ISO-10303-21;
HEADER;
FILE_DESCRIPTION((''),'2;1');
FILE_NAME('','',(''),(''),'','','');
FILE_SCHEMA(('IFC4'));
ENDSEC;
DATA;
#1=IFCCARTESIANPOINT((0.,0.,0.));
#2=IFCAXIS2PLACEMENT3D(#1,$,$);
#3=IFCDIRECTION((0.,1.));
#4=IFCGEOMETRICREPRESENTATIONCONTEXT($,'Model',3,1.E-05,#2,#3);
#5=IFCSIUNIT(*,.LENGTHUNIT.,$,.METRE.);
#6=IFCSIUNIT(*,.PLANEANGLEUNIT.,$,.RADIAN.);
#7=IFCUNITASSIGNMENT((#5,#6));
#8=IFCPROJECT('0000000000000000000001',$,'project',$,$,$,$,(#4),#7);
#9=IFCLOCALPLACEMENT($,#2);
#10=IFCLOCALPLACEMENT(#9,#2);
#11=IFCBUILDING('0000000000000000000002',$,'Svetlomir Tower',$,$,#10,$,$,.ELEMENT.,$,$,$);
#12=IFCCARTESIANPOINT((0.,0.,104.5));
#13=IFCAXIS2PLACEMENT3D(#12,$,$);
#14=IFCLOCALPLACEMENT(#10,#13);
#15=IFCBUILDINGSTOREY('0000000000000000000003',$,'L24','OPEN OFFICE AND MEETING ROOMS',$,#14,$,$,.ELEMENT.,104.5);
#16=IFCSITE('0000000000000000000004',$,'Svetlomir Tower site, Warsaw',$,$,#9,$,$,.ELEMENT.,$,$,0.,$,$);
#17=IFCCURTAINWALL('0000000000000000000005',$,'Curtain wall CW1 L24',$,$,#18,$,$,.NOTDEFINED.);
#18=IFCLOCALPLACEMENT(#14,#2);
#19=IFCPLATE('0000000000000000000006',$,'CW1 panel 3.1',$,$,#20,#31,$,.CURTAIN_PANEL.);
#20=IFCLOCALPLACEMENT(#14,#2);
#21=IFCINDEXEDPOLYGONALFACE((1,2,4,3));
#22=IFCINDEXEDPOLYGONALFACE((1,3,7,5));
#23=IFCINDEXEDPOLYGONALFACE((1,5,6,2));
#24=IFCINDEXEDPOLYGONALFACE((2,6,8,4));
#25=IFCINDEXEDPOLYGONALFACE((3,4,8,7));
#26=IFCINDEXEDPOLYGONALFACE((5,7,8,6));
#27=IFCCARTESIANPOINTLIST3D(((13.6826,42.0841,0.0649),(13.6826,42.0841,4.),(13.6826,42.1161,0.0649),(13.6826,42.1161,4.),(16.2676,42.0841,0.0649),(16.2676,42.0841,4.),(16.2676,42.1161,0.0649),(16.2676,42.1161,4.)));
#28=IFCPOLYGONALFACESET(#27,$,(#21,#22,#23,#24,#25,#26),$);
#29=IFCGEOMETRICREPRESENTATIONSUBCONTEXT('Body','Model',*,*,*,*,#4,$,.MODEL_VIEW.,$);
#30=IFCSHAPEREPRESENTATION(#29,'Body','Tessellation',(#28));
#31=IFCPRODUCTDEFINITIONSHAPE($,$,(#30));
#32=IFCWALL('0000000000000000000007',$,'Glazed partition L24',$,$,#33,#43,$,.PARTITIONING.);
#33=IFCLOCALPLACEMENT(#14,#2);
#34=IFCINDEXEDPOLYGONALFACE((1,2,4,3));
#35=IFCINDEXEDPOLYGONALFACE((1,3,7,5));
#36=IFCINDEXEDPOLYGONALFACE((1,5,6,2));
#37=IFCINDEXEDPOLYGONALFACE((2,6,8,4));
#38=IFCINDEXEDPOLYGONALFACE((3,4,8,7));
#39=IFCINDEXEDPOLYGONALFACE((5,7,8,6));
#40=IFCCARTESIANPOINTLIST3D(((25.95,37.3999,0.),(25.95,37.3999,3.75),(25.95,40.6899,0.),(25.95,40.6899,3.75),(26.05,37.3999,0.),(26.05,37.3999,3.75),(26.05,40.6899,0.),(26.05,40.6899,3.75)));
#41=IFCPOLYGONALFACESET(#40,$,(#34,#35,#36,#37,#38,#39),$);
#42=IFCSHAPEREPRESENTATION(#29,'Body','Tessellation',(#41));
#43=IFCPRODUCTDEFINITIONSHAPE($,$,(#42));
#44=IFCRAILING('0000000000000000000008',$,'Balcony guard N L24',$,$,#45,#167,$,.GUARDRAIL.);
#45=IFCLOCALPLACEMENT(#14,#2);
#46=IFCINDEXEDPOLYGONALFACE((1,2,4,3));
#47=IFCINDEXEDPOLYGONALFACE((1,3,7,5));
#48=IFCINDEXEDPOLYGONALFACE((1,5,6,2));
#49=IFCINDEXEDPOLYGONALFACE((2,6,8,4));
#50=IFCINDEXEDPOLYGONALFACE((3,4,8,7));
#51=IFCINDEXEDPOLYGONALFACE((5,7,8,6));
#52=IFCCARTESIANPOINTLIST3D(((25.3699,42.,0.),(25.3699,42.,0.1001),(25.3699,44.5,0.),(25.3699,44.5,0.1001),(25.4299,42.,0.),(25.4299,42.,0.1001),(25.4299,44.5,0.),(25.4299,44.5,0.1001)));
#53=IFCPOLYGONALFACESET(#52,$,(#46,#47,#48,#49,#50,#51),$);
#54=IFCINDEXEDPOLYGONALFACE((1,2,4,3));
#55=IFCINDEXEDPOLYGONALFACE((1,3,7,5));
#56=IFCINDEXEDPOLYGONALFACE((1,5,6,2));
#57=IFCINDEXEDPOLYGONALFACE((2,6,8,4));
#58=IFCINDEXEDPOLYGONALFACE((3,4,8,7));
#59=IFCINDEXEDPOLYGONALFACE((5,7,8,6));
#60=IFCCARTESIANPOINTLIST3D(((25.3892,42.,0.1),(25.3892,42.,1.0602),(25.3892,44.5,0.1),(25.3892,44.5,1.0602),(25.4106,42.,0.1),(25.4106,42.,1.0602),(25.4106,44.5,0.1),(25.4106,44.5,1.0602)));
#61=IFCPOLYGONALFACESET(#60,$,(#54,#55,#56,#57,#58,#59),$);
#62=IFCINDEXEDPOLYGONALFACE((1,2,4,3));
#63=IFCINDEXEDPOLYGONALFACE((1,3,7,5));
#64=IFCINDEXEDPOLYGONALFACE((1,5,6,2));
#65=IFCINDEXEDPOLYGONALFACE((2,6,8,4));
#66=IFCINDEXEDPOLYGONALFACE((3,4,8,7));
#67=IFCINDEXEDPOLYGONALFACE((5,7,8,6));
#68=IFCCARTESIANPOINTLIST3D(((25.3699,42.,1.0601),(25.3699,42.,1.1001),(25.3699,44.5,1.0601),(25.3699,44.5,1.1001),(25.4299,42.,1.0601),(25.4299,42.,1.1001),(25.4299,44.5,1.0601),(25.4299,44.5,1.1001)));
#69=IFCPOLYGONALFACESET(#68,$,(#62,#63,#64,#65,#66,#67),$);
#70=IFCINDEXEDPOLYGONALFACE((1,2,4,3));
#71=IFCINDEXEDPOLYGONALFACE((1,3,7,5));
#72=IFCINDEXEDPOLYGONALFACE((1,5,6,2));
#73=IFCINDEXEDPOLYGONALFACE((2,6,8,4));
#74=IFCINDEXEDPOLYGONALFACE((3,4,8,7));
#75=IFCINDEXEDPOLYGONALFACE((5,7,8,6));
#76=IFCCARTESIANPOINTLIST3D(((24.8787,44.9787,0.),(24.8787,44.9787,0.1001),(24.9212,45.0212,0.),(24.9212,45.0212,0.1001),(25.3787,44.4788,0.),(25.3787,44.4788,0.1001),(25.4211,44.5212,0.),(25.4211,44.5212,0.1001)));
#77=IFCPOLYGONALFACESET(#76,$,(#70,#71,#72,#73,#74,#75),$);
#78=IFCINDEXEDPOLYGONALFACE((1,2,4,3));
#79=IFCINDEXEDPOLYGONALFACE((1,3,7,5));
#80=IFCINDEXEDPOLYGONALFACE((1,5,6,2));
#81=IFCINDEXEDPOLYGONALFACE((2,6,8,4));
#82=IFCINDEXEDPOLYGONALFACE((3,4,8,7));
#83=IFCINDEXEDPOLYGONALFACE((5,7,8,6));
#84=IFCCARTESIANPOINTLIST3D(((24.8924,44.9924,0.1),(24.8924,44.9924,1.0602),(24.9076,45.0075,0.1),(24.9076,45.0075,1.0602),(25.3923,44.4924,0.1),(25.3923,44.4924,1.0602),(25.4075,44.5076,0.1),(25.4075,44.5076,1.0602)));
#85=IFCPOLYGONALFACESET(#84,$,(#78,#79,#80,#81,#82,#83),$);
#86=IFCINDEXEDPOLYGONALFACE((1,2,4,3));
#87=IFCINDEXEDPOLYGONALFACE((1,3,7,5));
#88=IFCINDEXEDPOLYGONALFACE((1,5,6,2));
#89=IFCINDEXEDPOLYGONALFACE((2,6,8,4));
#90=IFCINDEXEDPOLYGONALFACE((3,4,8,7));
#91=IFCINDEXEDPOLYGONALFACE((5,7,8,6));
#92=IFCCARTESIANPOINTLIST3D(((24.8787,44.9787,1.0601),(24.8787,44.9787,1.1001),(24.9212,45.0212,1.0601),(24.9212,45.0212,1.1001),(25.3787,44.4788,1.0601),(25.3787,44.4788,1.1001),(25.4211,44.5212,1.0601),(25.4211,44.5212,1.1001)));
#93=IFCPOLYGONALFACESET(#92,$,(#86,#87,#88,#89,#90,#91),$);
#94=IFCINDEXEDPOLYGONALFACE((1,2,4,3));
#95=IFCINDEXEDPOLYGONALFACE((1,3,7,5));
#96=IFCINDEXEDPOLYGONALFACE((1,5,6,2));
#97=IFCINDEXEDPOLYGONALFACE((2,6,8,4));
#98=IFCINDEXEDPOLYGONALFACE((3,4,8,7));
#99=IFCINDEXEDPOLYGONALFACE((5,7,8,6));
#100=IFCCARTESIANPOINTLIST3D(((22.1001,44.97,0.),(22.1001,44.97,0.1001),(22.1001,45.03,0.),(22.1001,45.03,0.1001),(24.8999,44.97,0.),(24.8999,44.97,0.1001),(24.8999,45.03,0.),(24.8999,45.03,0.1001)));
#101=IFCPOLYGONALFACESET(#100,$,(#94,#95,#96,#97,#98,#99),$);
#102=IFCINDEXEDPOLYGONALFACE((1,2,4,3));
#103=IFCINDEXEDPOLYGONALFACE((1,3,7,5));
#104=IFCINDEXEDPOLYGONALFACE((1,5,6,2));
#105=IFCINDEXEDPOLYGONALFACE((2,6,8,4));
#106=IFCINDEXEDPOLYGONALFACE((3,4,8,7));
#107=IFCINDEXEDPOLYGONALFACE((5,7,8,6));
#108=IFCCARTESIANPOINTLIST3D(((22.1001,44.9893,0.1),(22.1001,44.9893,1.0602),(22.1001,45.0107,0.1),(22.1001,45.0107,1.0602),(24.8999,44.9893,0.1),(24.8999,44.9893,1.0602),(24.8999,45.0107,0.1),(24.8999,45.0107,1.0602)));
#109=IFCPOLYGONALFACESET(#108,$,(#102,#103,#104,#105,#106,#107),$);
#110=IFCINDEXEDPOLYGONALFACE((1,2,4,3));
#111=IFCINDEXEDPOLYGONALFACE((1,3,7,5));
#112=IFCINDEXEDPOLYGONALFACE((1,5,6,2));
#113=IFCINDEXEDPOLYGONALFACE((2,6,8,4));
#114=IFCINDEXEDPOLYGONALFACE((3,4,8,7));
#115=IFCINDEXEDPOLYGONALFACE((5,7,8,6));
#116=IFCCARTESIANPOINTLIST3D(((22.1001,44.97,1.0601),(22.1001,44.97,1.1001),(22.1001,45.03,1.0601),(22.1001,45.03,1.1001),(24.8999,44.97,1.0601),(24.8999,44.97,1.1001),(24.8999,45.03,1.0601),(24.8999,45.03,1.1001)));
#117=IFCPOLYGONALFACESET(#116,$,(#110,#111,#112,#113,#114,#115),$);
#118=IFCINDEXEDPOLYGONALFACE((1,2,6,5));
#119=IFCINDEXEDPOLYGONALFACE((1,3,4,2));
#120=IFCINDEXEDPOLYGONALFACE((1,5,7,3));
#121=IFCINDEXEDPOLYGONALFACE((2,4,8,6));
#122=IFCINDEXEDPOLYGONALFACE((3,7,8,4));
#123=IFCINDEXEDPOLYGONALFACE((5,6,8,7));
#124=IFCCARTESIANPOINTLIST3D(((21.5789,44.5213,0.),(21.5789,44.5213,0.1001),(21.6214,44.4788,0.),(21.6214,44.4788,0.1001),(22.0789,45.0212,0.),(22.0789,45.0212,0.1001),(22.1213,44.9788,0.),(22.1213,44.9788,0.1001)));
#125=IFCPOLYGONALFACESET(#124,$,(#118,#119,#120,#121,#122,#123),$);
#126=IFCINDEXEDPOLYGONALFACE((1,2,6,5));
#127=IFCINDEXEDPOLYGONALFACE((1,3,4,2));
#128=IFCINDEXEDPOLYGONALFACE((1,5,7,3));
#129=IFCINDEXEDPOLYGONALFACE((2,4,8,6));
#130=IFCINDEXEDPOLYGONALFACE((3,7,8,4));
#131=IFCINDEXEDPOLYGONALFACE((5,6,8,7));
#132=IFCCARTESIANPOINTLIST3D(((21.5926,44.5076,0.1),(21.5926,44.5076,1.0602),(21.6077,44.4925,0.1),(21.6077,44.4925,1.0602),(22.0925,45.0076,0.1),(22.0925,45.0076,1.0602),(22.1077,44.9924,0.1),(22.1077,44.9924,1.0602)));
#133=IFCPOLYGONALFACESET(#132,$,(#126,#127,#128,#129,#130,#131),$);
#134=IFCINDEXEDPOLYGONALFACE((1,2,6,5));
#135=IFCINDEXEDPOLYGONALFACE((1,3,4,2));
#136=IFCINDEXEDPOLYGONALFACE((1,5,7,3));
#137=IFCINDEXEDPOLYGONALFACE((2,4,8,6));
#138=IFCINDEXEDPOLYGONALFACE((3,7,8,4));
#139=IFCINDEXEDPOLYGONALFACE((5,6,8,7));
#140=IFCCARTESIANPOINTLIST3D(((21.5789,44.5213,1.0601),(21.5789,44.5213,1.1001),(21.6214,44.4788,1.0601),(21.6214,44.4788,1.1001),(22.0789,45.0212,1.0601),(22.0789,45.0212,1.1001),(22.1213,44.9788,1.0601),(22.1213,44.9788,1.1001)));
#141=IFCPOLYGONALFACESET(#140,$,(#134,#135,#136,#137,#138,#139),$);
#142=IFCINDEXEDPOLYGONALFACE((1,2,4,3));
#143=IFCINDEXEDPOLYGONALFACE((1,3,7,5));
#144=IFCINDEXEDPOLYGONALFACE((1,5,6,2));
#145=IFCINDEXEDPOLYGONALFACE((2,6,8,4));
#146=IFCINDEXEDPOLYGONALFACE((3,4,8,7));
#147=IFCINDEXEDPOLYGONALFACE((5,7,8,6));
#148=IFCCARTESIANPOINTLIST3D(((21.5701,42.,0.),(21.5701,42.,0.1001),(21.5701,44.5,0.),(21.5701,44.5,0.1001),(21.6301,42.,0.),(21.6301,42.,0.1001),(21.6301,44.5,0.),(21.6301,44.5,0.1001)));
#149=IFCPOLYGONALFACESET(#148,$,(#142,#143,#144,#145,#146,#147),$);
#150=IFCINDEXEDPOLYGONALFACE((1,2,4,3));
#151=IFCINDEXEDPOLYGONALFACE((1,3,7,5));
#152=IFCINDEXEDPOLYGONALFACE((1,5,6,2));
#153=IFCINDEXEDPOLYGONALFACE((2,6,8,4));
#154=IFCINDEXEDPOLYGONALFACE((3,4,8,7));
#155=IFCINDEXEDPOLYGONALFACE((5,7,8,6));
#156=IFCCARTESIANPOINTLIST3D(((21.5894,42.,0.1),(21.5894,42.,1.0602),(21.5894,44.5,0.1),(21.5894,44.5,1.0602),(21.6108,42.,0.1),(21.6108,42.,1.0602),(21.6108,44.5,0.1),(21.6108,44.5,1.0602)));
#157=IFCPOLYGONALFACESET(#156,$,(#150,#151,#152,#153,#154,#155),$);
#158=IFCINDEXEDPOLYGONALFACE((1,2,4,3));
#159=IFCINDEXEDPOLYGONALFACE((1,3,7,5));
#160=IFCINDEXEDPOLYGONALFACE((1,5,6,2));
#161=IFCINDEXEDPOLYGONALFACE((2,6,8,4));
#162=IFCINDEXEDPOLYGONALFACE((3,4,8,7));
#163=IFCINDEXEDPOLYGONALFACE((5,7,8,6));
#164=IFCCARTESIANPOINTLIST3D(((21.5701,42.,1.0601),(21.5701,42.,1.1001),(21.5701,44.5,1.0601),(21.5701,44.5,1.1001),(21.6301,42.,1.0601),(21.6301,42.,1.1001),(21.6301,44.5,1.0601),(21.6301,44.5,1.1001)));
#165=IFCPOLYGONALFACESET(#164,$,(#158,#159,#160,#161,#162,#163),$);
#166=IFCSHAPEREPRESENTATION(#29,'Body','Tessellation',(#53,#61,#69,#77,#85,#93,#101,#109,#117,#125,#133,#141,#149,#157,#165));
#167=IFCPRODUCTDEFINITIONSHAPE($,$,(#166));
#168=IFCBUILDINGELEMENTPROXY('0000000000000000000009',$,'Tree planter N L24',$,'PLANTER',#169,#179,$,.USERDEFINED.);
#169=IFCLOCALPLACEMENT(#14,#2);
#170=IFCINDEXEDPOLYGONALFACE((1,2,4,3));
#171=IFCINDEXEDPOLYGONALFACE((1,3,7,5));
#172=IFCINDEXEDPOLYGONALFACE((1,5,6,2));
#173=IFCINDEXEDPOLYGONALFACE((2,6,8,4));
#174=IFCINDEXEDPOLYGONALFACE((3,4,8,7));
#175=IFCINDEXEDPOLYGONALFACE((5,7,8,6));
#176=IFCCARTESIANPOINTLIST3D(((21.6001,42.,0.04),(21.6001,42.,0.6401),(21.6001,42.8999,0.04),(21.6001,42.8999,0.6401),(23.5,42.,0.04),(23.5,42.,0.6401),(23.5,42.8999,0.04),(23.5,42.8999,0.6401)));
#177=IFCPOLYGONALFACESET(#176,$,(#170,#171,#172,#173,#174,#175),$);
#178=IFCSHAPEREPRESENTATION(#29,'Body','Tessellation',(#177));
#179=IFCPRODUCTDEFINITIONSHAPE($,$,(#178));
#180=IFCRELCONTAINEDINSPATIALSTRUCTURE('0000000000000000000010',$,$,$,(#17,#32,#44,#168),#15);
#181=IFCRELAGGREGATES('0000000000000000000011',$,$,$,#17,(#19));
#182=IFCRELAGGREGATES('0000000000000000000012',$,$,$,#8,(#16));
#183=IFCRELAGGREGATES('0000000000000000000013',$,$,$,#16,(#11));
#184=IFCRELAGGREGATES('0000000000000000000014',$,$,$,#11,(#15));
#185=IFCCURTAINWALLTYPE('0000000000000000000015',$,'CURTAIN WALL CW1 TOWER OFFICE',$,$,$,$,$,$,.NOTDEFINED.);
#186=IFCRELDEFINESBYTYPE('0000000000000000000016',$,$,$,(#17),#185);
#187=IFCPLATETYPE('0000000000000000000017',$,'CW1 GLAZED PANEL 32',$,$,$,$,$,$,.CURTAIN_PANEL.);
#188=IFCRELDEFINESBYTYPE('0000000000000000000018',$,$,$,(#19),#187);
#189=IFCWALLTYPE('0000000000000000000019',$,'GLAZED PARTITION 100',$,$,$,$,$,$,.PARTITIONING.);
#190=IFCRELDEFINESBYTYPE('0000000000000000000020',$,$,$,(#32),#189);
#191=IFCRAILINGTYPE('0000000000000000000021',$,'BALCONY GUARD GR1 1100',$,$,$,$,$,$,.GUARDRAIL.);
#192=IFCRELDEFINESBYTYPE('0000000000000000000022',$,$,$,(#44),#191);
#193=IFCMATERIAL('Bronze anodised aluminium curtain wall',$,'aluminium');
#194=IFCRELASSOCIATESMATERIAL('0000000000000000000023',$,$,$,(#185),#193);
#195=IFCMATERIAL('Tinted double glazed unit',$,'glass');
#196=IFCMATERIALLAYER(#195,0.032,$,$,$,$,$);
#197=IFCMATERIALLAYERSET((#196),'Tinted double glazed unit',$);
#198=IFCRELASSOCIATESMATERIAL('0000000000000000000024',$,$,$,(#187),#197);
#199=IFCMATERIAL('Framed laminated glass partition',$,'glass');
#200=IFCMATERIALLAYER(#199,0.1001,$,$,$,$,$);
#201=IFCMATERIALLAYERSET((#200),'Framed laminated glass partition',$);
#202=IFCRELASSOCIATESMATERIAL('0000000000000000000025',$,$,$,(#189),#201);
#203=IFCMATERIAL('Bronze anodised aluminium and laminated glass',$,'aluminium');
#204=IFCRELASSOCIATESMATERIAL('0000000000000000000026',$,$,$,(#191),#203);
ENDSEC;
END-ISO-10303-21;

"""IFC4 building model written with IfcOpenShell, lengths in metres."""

from ifc_helpers import new_model, si_unit, direction, frame, frame_2d, origin, origin_2d, place, context, subcontext, project, spatial, rectangle, extrude, material, layer, layer_set, type_object, element, aggregate, save


model = new_model("IFC4")

# Units and contexts
model_context = context("Model", 3, precision=1e-05, world=origin(), true_north=direction((0.0, 1.0)))
body_context = subcontext(model_context, "Body", "Model", "MODEL_VIEW")
ifc_project = project(units=[si_unit("LENGTHUNIT", "METRE"), si_unit("PLANEANGLEUNIT", "RADIAN")], contexts=[model_context])

# Site, building, storey
site_placement = place(None, origin())
site = spatial("IfcSite", under=ifc_project, at=site_placement, Name="Svetlomir Tower site, Warsaw", CompositionType="ELEMENT", RefElevation=0.0)
building_placement = place(site_placement, origin())
building = spatial("IfcBuilding", under=site, at=building_placement, Name="Svetlomir Tower", CompositionType="ELEMENT")
storey_placement = place(building_placement, frame((0.0, 0.0, 104.5)))
storey = spatial("IfcBuildingStorey", under=building, at=storey_placement, Name="L24", Description="OPEN OFFICE AND MEETING ROOMS", CompositionType="ELEMENT", Elevation=104.5)

# Curtain wall
ifc_material_1 = material(Name="Bronze anodised aluminium curtain wall", Category="aluminium")
curtain_wall_type = type_object("IfcCurtainWallType", Name="CURTAIN WALL CW1 TOWER OFFICE", PredefinedType="NOTDEFINED", material=ifc_material_1)
curtain_wall_1_placement = place(storey_placement, origin())
curtain_wall_1 = element("IfcCurtainWall", 1, at=curtain_wall_1_placement, inside=storey, type_object=curtain_wall_type, Name="Curtain wall CW1 L24", PredefinedType="NOTDEFINED")

# Plate
ifc_material_2 = material(Name="Tinted double glazed unit", Category="glass")
ifc_layer_1 = layer(ifc_material_2, 0.032)
ifc_layer_set_1 = layer_set([ifc_layer_1], Name="Tinted double glazed unit")
plate_type = type_object("IfcPlateType", Name="CW1 GLAZED PANEL 32", PredefinedType="CURTAIN_PANEL", material=ifc_layer_set_1)
plate_1_placement = place(storey_placement, frame((14.9751, 42.1001, 0.0649), z_axis=(0.0, 0.0, 1.0), x_axis=(-1.0, 0.0, 0.0)))
plate_1 = element("IfcPlate", 2, at=plate_1_placement, type_object=plate_type, Name="CW1 panel 3.1", PredefinedType="CURTAIN_PANEL", context=body_context, shape_type="SweptSolid", body=[
    extrude(rectangle(XDim=2.585, YDim=0.032, at=origin_2d()), origin(), (0.0, 0.0, 1.0), 3.9351),
])
aggregate(curtain_wall_1, [plate_1])

# Wall
ifc_material_3 = material(Name="Framed laminated glass partition", Category="glass")
ifc_layer_2 = layer(ifc_material_3, 0.1001)
ifc_layer_set_2 = layer_set([ifc_layer_2], Name="Framed laminated glass partition")
wall_type_1 = type_object("IfcWallType", Name="GLAZED PARTITION 100", PredefinedType="PARTITIONING", material=ifc_layer_set_2)
wall_1_placement = place(storey_placement, frame((26.0, 37.3999, 0.0), z_axis=(0.0, 0.0, 1.0), x_axis=(0.0, 1.0, 0.0)))
element("IfcWall", 3, at=wall_1_placement, inside=storey, type_object=wall_type_1, Name="Glazed partition L24", PredefinedType="PARTITIONING", context=body_context, shape_type="SweptSolid", body=[
    extrude(rectangle(XDim=3.29, YDim=0.1001, at=frame_2d((1.645, 0.0))), origin(), (0.0, 0.0, 1.0), 3.75),
])

# Railing
ifc_material_4 = material(Name="Bronze anodised aluminium and laminated glass", Category="aluminium")
railing_type = type_object("IfcRailingType", Name="BALCONY GUARD GR1 1100", PredefinedType="GUARDRAIL", material=ifc_material_4)
railing_placement = place(storey_placement, frame((25.3999, 42.0, 0.0)))
element("IfcRailing", 4, at=railing_placement, inside=storey, type_object=railing_type, Name="Balcony guard N L24", PredefinedType="GUARDRAIL", context=body_context, shape_type="SweptSolid", body=[
    extrude(rectangle(XDim=0.0601, YDim=0.1001, at=origin_2d()), frame((0.0, 0.0, 0.05), z_axis=(0.0, 1.0, 0.0), x_axis=(-1.0, 0.0, 0.0)), (0.0, 0.0, 1.0), 2.5),
    extrude(rectangle(XDim=0.0215, YDim=0.9602, at=origin_2d()), frame((0.0, 0.0, 0.5801), z_axis=(0.0, 1.0, 0.0), x_axis=(-1.0, 0.0, 0.0)), (0.0, 0.0, 1.0), 2.5),
    extrude(rectangle(XDim=0.0601, YDim=0.04, at=origin_2d()), frame((0.0, 0.0, 1.0801), z_axis=(0.0, 1.0, 0.0), x_axis=(-1.0, 0.0, 0.0)), (0.0, 0.0, 1.0), 2.5),
    extrude(rectangle(XDim=0.0601, YDim=0.1001, at=origin_2d()), frame((0.0, 2.5, 0.05), z_axis=(-0.707107, 0.707107, 0.0), x_axis=(-0.707107, -0.707107, 0.0)), (0.0, 0.0, 1.0), 0.707),
    extrude(rectangle(XDim=0.0215, YDim=0.9602, at=origin_2d()), frame((0.0, 2.5, 0.5801), z_axis=(-0.707107, 0.707107, 0.0), x_axis=(-0.707107, -0.707107, 0.0)), (0.0, 0.0, 1.0), 0.707),
    extrude(rectangle(XDim=0.0601, YDim=0.04, at=origin_2d()), frame((0.0, 2.5, 1.0801), z_axis=(-0.707107, 0.707107, 0.0), x_axis=(-0.707107, -0.707107, 0.0)), (0.0, 0.0, 1.0), 0.707),
    extrude(rectangle(XDim=0.0601, YDim=0.1001, at=origin_2d()), frame((-0.5, 3.0, 0.05), z_axis=(-1.0, 0.0, 0.0), x_axis=(0.0, -1.0, 0.0)), (0.0, 0.0, 1.0), 2.7998),
    extrude(rectangle(XDim=0.0215, YDim=0.9602, at=origin_2d()), frame((-0.5, 3.0, 0.5801), z_axis=(-1.0, 0.0, 0.0), x_axis=(0.0, -1.0, 0.0)), (0.0, 0.0, 1.0), 2.7998),
    extrude(rectangle(XDim=0.0601, YDim=0.04, at=origin_2d()), frame((-0.5, 3.0, 1.0801), z_axis=(-1.0, 0.0, 0.0), x_axis=(0.0, -1.0, 0.0)), (0.0, 0.0, 1.0), 2.7998),
    extrude(rectangle(XDim=0.0601, YDim=0.1001, at=origin_2d()), frame((-3.2998, 3.0, 0.05), z_axis=(-0.707107, -0.707107, 0.0), x_axis=(0.707107, -0.707107, 0.0)), (0.0, 0.0, 1.0), 0.707),
    extrude(rectangle(XDim=0.0215, YDim=0.9602, at=origin_2d()), frame((-3.2998, 3.0, 0.5801), z_axis=(-0.707107, -0.707107, 0.0), x_axis=(0.707107, -0.707107, 0.0)), (0.0, 0.0, 1.0), 0.707),
    extrude(rectangle(XDim=0.0601, YDim=0.04, at=origin_2d()), frame((-3.2998, 3.0, 1.0801), z_axis=(-0.707107, -0.707107, 0.0), x_axis=(0.707107, -0.707107, 0.0)), (0.0, 0.0, 1.0), 0.707),
    extrude(rectangle(XDim=0.0601, YDim=0.1001, at=origin_2d()), frame((-3.7998, 2.5, 0.05), z_axis=(0.0, -1.0, 0.0), x_axis=(1.0, 0.0, 0.0)), (0.0, 0.0, 1.0), 2.5),
    extrude(rectangle(XDim=0.0215, YDim=0.9602, at=origin_2d()), frame((-3.7998, 2.5, 0.5801), z_axis=(0.0, -1.0, 0.0), x_axis=(1.0, 0.0, 0.0)), (0.0, 0.0, 1.0), 2.5),
    extrude(rectangle(XDim=0.0601, YDim=0.04, at=origin_2d()), frame((-3.7998, 2.5, 1.0801), z_axis=(0.0, -1.0, 0.0), x_axis=(1.0, 0.0, 0.0)), (0.0, 0.0, 1.0), 2.5),
])

# Building element proxy
proxy_placement = place(storey_placement, frame((22.55, 42.45, 0.04), z_axis=(0.0, 0.0, 1.0), x_axis=(1.0, 0.0, 0.0)))
element("IfcBuildingElementProxy", 5, at=proxy_placement, inside=storey, Name="Tree planter N L24", ObjectType="PLANTER", PredefinedType="USERDEFINED", context=body_context, shape_type="SweptSolid", body=[
    extrude(rectangle(XDim=1.8999, YDim=0.8999, at=origin_2d()), origin(), (0.0, 0.0, 1.0), 0.6001),
])

save(model, "model.ifc")
